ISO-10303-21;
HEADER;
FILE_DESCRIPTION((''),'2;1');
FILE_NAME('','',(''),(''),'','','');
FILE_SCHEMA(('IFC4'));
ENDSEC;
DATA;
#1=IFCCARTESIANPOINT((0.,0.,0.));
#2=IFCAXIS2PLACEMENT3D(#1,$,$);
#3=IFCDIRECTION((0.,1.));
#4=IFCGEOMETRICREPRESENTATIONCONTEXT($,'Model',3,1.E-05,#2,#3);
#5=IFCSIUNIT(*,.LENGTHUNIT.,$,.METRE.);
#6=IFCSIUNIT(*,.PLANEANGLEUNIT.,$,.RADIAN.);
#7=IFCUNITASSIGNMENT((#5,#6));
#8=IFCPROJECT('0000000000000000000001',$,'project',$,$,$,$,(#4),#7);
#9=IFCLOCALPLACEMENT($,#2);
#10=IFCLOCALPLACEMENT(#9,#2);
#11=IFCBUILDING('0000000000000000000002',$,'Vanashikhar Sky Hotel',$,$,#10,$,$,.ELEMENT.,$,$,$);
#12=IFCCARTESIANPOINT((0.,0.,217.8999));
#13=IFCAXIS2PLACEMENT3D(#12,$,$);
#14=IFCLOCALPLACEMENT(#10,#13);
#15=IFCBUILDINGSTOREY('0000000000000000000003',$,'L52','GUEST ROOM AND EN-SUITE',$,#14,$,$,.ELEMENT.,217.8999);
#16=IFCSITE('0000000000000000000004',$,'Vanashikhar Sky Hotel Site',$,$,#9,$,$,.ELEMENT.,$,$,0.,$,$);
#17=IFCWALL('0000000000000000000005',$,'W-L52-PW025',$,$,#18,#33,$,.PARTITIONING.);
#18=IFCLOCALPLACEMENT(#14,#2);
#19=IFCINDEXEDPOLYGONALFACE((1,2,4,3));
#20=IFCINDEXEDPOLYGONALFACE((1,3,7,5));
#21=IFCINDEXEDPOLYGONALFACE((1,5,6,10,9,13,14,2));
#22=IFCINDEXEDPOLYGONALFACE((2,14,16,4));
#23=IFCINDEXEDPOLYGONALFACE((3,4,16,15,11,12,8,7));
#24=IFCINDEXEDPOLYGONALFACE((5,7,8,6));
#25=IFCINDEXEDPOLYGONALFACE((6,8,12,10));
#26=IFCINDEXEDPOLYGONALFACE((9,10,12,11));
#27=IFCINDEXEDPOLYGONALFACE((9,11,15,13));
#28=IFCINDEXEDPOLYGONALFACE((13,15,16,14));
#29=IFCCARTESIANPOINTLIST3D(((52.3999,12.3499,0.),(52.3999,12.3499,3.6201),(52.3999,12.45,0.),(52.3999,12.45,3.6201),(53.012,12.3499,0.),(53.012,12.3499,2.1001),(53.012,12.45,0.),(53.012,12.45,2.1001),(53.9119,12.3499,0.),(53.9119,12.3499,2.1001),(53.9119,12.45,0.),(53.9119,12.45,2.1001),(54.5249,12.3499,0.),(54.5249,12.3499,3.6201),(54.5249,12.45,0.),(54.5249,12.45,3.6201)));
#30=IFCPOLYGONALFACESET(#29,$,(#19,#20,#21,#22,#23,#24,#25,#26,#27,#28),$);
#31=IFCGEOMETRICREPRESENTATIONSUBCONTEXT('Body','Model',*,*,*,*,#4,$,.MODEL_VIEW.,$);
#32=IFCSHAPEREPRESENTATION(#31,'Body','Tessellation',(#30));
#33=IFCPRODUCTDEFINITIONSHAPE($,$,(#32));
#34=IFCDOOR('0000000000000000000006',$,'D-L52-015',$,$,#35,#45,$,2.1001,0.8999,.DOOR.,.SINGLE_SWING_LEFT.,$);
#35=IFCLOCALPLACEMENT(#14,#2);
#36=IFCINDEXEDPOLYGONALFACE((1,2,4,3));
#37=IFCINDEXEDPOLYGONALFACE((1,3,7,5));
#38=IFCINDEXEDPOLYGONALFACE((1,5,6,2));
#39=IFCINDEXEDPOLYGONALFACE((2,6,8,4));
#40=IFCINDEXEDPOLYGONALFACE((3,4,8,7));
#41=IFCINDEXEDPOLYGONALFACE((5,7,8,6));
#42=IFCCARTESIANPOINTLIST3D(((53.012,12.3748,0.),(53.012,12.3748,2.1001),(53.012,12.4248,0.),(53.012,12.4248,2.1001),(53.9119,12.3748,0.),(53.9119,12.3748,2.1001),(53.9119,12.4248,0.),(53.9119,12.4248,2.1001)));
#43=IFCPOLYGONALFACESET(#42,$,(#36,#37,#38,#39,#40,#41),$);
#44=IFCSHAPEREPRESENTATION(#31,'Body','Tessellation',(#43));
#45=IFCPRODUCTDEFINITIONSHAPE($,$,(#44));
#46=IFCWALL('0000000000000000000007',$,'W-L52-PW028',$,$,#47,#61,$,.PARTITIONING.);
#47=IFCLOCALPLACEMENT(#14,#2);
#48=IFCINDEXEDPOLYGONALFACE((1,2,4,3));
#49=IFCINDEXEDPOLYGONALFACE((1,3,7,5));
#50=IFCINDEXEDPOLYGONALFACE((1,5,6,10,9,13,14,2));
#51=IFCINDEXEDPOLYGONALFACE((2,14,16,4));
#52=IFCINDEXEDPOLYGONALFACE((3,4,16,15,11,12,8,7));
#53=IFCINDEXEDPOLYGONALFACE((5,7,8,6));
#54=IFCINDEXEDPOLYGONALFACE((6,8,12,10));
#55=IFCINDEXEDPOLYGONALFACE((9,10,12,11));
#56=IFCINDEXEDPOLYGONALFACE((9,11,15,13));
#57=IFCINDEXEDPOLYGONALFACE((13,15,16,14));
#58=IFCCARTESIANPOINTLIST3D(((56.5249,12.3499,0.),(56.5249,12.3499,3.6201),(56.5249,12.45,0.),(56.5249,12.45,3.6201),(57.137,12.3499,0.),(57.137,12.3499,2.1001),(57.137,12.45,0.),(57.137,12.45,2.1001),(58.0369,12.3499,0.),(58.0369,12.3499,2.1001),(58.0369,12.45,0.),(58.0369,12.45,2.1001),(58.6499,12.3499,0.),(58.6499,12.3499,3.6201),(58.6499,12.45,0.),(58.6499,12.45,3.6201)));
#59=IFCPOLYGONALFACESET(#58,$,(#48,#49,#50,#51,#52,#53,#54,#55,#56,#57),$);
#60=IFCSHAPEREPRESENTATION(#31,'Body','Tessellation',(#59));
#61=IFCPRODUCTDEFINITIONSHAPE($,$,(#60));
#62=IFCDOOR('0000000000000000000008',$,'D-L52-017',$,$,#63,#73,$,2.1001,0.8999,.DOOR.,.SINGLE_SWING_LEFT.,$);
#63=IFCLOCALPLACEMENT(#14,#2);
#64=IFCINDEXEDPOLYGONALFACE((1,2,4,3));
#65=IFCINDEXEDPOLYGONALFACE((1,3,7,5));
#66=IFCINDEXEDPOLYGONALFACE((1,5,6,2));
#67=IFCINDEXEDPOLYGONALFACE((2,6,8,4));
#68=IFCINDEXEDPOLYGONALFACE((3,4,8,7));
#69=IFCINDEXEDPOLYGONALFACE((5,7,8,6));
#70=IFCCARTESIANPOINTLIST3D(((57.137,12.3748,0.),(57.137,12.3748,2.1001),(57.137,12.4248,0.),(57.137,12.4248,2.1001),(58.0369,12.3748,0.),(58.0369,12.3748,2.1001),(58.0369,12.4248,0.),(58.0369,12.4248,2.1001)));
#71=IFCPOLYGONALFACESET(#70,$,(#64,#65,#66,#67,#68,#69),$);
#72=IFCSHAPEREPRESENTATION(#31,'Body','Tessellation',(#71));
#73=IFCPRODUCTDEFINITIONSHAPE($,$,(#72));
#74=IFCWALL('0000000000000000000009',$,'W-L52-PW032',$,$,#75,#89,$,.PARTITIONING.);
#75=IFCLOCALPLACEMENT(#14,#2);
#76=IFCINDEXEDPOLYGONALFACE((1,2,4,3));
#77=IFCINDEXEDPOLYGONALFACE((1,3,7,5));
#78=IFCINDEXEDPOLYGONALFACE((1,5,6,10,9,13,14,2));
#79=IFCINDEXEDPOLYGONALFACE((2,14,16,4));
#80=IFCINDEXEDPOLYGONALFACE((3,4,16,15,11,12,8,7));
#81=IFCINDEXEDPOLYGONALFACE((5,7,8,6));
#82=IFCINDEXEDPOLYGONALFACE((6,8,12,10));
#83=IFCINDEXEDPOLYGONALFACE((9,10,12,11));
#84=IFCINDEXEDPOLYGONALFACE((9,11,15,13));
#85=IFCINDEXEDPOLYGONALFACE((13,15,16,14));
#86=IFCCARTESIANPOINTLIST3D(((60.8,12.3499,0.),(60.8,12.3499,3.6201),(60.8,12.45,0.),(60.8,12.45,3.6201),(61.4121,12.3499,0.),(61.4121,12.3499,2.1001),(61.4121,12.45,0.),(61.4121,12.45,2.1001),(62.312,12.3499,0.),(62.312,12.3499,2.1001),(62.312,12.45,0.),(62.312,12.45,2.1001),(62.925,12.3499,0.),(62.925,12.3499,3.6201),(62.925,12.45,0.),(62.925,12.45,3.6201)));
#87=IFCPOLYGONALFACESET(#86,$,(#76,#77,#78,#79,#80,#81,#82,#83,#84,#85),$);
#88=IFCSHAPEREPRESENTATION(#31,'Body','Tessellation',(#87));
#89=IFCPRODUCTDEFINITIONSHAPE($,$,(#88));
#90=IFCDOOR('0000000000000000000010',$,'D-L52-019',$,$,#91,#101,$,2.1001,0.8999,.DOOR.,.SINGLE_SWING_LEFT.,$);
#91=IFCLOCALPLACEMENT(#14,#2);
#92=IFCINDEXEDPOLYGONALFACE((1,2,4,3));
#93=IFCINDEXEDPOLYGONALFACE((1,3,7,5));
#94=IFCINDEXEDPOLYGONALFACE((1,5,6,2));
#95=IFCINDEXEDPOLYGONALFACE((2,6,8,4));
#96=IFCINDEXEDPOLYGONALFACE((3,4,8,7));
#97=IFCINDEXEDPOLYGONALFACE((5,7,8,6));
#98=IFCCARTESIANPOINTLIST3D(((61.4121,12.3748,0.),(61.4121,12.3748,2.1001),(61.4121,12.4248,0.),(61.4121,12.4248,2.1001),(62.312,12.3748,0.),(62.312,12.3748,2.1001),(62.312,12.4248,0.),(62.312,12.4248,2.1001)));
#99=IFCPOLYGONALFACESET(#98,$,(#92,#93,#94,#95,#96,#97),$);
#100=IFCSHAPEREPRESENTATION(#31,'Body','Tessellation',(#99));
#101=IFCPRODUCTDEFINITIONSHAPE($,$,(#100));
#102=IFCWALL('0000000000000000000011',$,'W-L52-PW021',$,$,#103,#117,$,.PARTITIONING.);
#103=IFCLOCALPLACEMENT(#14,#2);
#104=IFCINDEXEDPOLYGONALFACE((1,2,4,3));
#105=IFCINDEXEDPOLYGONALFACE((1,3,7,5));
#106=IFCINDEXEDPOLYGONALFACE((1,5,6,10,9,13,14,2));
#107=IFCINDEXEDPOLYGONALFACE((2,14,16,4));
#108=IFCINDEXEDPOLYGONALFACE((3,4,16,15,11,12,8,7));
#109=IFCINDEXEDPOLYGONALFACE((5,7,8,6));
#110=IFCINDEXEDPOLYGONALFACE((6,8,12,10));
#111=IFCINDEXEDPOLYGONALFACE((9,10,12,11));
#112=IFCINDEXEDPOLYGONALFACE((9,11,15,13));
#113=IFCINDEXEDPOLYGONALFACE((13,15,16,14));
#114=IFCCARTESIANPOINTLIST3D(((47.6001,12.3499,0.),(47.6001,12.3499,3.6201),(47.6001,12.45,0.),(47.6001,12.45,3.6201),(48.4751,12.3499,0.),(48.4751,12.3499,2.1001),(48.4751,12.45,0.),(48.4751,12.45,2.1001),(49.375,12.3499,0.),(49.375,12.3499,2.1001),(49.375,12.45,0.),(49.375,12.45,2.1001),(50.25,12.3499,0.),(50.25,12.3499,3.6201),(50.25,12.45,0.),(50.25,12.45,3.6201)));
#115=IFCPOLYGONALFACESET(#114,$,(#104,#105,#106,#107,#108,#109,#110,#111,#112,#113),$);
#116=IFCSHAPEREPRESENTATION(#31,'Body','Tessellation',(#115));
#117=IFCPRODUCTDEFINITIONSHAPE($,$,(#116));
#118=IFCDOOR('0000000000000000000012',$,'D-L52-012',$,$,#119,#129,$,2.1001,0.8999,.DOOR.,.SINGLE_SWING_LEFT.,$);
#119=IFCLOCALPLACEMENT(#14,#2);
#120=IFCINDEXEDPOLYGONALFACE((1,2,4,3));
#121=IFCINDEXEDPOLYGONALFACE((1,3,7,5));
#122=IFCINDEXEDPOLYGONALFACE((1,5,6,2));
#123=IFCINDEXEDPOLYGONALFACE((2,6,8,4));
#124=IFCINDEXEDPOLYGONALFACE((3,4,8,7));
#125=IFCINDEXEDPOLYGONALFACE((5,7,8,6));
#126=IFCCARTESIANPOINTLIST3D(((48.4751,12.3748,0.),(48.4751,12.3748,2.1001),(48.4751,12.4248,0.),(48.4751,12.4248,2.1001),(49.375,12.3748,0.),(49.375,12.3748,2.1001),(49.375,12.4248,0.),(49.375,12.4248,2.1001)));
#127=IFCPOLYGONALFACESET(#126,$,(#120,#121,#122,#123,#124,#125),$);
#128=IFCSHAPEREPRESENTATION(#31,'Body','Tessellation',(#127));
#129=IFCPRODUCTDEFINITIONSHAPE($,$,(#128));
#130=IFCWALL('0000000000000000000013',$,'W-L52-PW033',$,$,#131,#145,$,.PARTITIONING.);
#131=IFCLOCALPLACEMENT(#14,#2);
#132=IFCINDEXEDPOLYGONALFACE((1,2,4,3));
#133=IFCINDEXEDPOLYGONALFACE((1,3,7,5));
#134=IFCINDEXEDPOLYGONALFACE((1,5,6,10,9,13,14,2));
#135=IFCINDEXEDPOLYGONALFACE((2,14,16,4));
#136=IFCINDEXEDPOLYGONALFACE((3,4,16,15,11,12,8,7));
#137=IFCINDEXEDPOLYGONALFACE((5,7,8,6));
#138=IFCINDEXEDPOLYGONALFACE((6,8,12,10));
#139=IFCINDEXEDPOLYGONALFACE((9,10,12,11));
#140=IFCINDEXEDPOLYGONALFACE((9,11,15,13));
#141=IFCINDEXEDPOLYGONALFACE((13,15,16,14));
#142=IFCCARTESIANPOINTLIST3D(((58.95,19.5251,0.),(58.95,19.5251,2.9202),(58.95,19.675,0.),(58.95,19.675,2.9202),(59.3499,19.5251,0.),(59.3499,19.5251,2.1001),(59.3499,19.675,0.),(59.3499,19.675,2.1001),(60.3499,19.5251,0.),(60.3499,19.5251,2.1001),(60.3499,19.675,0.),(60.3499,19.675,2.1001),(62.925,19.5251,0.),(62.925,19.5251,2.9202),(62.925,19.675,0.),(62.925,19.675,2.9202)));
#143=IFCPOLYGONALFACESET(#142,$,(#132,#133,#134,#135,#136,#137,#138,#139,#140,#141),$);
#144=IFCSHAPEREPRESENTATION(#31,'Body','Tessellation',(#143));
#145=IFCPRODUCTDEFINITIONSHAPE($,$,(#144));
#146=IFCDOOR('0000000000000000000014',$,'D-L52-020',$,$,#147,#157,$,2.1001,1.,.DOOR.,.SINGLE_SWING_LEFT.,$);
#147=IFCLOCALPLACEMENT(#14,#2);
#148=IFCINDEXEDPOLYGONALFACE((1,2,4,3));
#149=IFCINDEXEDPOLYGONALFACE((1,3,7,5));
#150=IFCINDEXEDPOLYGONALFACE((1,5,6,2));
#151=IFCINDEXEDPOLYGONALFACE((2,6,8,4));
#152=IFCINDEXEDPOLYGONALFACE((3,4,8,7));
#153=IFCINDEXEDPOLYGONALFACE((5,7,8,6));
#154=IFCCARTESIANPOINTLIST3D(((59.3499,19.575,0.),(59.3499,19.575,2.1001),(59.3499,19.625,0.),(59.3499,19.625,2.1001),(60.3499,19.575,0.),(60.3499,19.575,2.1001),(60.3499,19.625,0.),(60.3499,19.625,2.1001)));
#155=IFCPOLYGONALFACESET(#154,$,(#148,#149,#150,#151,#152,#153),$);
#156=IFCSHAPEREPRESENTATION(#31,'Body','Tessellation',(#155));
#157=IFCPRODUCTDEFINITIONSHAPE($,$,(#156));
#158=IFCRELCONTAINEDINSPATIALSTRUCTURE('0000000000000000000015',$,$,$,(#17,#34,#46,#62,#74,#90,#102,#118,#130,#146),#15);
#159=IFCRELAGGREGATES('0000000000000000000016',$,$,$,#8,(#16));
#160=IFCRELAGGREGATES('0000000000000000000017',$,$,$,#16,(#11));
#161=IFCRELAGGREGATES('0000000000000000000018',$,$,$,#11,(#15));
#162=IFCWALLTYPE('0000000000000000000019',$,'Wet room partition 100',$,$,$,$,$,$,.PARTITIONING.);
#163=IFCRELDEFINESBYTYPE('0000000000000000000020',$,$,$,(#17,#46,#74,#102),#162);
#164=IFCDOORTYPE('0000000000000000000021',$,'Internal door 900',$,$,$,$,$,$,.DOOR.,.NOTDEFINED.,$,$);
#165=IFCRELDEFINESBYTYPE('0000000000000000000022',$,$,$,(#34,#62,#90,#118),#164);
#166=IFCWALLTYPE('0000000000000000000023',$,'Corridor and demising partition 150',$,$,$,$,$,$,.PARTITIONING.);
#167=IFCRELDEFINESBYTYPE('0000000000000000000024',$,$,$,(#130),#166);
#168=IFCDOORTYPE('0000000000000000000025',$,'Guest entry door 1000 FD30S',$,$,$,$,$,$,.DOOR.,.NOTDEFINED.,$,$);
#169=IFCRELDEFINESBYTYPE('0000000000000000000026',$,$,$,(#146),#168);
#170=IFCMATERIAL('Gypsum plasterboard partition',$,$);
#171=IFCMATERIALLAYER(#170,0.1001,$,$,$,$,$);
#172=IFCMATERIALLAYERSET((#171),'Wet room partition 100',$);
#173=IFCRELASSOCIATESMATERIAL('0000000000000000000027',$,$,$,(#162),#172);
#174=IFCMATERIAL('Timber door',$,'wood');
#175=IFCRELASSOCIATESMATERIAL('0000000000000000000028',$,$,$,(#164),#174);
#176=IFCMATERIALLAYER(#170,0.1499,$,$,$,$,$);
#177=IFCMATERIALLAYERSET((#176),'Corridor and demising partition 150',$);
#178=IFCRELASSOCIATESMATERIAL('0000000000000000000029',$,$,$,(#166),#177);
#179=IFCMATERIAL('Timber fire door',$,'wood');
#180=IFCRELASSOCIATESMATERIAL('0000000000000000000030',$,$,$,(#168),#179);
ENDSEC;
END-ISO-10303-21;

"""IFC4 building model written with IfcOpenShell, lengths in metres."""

from ifc_helpers import new_model, si_unit, direction, frame, frame_2d, origin, place, context, subcontext, project, spatial, rectangle, extrude, source, transform, mapped, material, layer, layer_set, type_object, element, fill, save


model = new_model("IFC4")

# Units and contexts
model_context = context("Model", 3, precision=1e-05, world=origin(), true_north=direction((0.0, 1.0)))
body_context = subcontext(model_context, "Body", "Model", "MODEL_VIEW")
ifc_project = project(units=[si_unit("LENGTHUNIT", "METRE"), si_unit("PLANEANGLEUNIT", "RADIAN")], contexts=[model_context])

# Site, building, storey
site_placement = place(None, origin())
site = spatial("IfcSite", under=ifc_project, at=site_placement, Name="Vanashikhar Sky Hotel Site", CompositionType="ELEMENT", RefElevation=0.0)
building_placement = place(site_placement, origin())
building = spatial("IfcBuilding", under=site, at=building_placement, Name="Vanashikhar Sky Hotel", CompositionType="ELEMENT")
storey_placement = place(building_placement, frame((0.0, 0.0, 217.8999)))
storey = spatial("IfcBuildingStorey", under=building, at=storey_placement, Name="L52", Description="GUEST ROOM AND EN-SUITE", CompositionType="ELEMENT", Elevation=217.8999)

# Shared definitions
ifc_material_1 = material(Name="Gypsum plasterboard partition")
ifc_layer_1 = layer(ifc_material_1, 0.1001)
ifc_layer_set_1 = layer_set([ifc_layer_1], Name="Wet room partition 100")
wall_type_1 = type_object("IfcWallType", Name="Wet room partition 100", PredefinedType="PARTITIONING", material=ifc_layer_set_1)

# Walls, openings, doors
shared_shape_1 = source(origin(), body_context, "Body", "SweptSolid", [
    extrude(rectangle(XDim=2.125, YDim=0.1001, at=frame_2d((1.0625, 0.0))), origin(), (0.0, 0.0, 1.0), 3.6201),
])
wall_1_placement = place(storey_placement, frame((52.3999, 12.3999, 0.0), z_axis=(0.0, 0.0, 1.0), x_axis=(1.0, 0.0, 0.0)))
wall_1 = element("IfcWall", 1, at=wall_1_placement, inside=storey, type_object=wall_type_1, Name="W-L52-PW025", PredefinedType="PARTITIONING", context=body_context, shape_type="MappedRepresentation", body=[
    mapped(shared_shape_1, transform((0.0, 0.0, 0.0), scale=1.0)),
])
shared_shape_2 = source(origin(), body_context, "Body", "SweptSolid", [
    extrude(rectangle(XDim=0.8999, YDim=2.1001, at=frame_2d((0.45, 1.05))), frame((0.0, 0.0601, 0.0), z_axis=(0.0, -1.0, 0.0), x_axis=(1.0, 0.0, 0.0)), (0.0, 0.0, 1.0), 0.1201),
])
opening_1_placement = place(wall_1_placement, frame((0.6121, 0.0, 0.0)))
opening_1 = element("IfcOpeningElement", 2, at=opening_1_placement, cuts=wall_1, PredefinedType="OPENING", context=body_context, shape_type="MappedRepresentation", body=[
    mapped(shared_shape_2, transform((0.0, 0.0, 0.0), scale=1.0)),
])
ifc_material_2 = material(Name="Timber door", Category="wood")
door_type_1 = type_object("IfcDoorType", Name="Internal door 900", OperationType="NOTDEFINED", PredefinedType="DOOR", material=ifc_material_2)
shared_shape_3 = source(origin(), body_context, "Body", "SweptSolid", [
    extrude(rectangle(XDim=0.8999, YDim=2.1001, at=frame_2d((0.45, 1.05))), frame((0.0, 0.0249, 0.0), z_axis=(0.0, -1.0, 0.0), x_axis=(1.0, 0.0, 0.0)), (0.0, 0.0, 1.0), 0.05),
])
door_1_placement = place(opening_1_placement, origin())
door_1 = element("IfcDoor", 3, at=door_1_placement, inside=storey, type_object=door_type_1, Name="D-L52-015", OperationType="SINGLE_SWING_LEFT", OverallHeight=2.1001, OverallWidth=0.8999, PredefinedType="DOOR", context=body_context, shape_type="MappedRepresentation", body=[
    mapped(shared_shape_3, transform((0.0, 0.0, 0.0), scale=1.0)),
])
fill(opening_1, door_1)
wall_2_placement = place(storey_placement, frame((56.5249, 12.3999, 0.0), z_axis=(0.0, 0.0, 1.0), x_axis=(1.0, 0.0, 0.0)))
wall_2 = element("IfcWall", 4, at=wall_2_placement, inside=storey, type_object=wall_type_1, Name="W-L52-PW028", PredefinedType="PARTITIONING", context=body_context, shape_type="MappedRepresentation", body=[
    mapped(shared_shape_1, transform((0.0, 0.0, 0.0), scale=1.0)),
])
opening_2_placement = place(wall_2_placement, frame((0.6121, 0.0, 0.0)))
opening_2 = element("IfcOpeningElement", 5, at=opening_2_placement, cuts=wall_2, PredefinedType="OPENING", context=body_context, shape_type="MappedRepresentation", body=[
    mapped(shared_shape_2, transform((0.0, 0.0, 0.0), scale=1.0)),
])
door_2_placement = place(opening_2_placement, origin())
door_2 = element("IfcDoor", 6, at=door_2_placement, inside=storey, type_object=door_type_1, Name="D-L52-017", OperationType="SINGLE_SWING_LEFT", OverallHeight=2.1001, OverallWidth=0.8999, PredefinedType="DOOR", context=body_context, shape_type="MappedRepresentation", body=[
    mapped(shared_shape_3, transform((0.0, 0.0, 0.0), scale=1.0)),
])
fill(opening_2, door_2)
wall_3_placement = place(storey_placement, frame((60.8, 12.3999, 0.0), z_axis=(0.0, 0.0, 1.0), x_axis=(1.0, 0.0, 0.0)))
wall_3 = element("IfcWall", 7, at=wall_3_placement, inside=storey, type_object=wall_type_1, Name="W-L52-PW032", PredefinedType="PARTITIONING", context=body_context, shape_type="MappedRepresentation", body=[
    mapped(shared_shape_1, transform((0.0, 0.0, 0.0), scale=1.0)),
])
opening_3_placement = place(wall_3_placement, frame((0.6121, 0.0, 0.0)))
opening_3 = element("IfcOpeningElement", 8, at=opening_3_placement, cuts=wall_3, PredefinedType="OPENING", context=body_context, shape_type="MappedRepresentation", body=[
    mapped(shared_shape_2, transform((0.0, 0.0, 0.0), scale=1.0)),
])
door_3_placement = place(opening_3_placement, origin())
door_3 = element("IfcDoor", 9, at=door_3_placement, inside=storey, type_object=door_type_1, Name="D-L52-019", OperationType="SINGLE_SWING_LEFT", OverallHeight=2.1001, OverallWidth=0.8999, PredefinedType="DOOR", context=body_context, shape_type="MappedRepresentation", body=[
    mapped(shared_shape_3, transform((0.0, 0.0, 0.0), scale=1.0)),
])
fill(opening_3, door_3)
shared_shape_4 = source(origin(), body_context, "Body", "SweptSolid", [
    extrude(rectangle(XDim=2.6499, YDim=0.1001, at=frame_2d((1.325, 0.0))), origin(), (0.0, 0.0, 1.0), 3.6201),
])
wall_4_placement = place(storey_placement, frame((47.6001, 12.3999, 0.0), z_axis=(0.0, 0.0, 1.0), x_axis=(1.0, 0.0, 0.0)))
wall_4 = element("IfcWall", 10, at=wall_4_placement, inside=storey, type_object=wall_type_1, Name="W-L52-PW021", PredefinedType="PARTITIONING", context=body_context, shape_type="MappedRepresentation", body=[
    mapped(shared_shape_4, transform((0.0, 0.0, 0.0), scale=1.0)),
])
opening_4_placement = place(wall_4_placement, frame((0.875, 0.0, 0.0)))
opening_4 = element("IfcOpeningElement", 11, at=opening_4_placement, cuts=wall_4, PredefinedType="OPENING", context=body_context, shape_type="MappedRepresentation", body=[
    mapped(shared_shape_2, transform((0.0, 0.0, 0.0), scale=1.0)),
])
door_4_placement = place(opening_4_placement, origin())
door_4 = element("IfcDoor", 12, at=door_4_placement, inside=storey, type_object=door_type_1, Name="D-L52-012", OperationType="SINGLE_SWING_LEFT", OverallHeight=2.1001, OverallWidth=0.8999, PredefinedType="DOOR", context=body_context, shape_type="MappedRepresentation", body=[
    mapped(shared_shape_3, transform((0.0, 0.0, 0.0), scale=1.0)),
])
fill(opening_4, door_4)
ifc_layer_2 = layer(ifc_material_1, 0.1499)
ifc_layer_set_2 = layer_set([ifc_layer_2], Name="Corridor and demising partition 150")
wall_type_2 = type_object("IfcWallType", Name="Corridor and demising partition 150", PredefinedType="PARTITIONING", material=ifc_layer_set_2)
shared_shape_5 = source(origin(), body_context, "Body", "SweptSolid", [
    extrude(rectangle(XDim=3.9751, YDim=0.1499, at=frame_2d((1.9875, 0.0))), origin(), (0.0, 0.0, 1.0), 2.9202),
])
wall_5_placement = place(storey_placement, frame((58.95, 19.6001, 0.0), z_axis=(0.0, 0.0, 1.0), x_axis=(1.0, 0.0, 0.0)))
wall_5 = element("IfcWall", 13, at=wall_5_placement, inside=storey, type_object=wall_type_2, Name="W-L52-PW033", PredefinedType="PARTITIONING", context=body_context, shape_type="MappedRepresentation", body=[
    mapped(shared_shape_5, transform((0.0, 0.0, 0.0), scale=1.0)),
])
shared_shape_6 = source(origin(), body_context, "Body", "SweptSolid", [
    extrude(rectangle(XDim=1.0, YDim=2.1001, at=frame_2d((0.5, 1.05))), frame((0.0, 0.085, 0.0), z_axis=(0.0, -1.0, 0.0), x_axis=(1.0, 0.0, 0.0)), (0.0, 0.0, 1.0), 0.1699),
])
opening_5_placement = place(wall_5_placement, frame((0.3999, 0.0, 0.0)))
opening_5 = element("IfcOpeningElement", 14, at=opening_5_placement, cuts=wall_5, PredefinedType="OPENING", context=body_context, shape_type="MappedRepresentation", body=[
    mapped(shared_shape_6, transform((0.0, 0.0, 0.0), scale=1.0)),
])
ifc_material_3 = material(Name="Timber fire door", Category="wood")
door_type_2 = type_object("IfcDoorType", Name="Guest entry door 1000 FD30S", OperationType="NOTDEFINED", PredefinedType="DOOR", material=ifc_material_3)
shared_shape_7 = source(origin(), body_context, "Body", "SweptSolid", [
    extrude(rectangle(XDim=1.0, YDim=2.1001, at=frame_2d((0.5, 1.05))), frame((0.0, 0.0249, 0.0), z_axis=(0.0, -1.0, 0.0), x_axis=(1.0, 0.0, 0.0)), (0.0, 0.0, 1.0), 0.05),
])
door_5_placement = place(opening_5_placement, origin())
door_5 = element("IfcDoor", 15, at=door_5_placement, inside=storey, type_object=door_type_2, Name="D-L52-020", OperationType="SINGLE_SWING_LEFT", OverallHeight=2.1001, OverallWidth=1.0, PredefinedType="DOOR", context=body_context, shape_type="MappedRepresentation", body=[
    mapped(shared_shape_7, transform((0.0, 0.0, 0.0), scale=1.0)),
])
fill(opening_5, door_5)

save(model, "model.ifc")
